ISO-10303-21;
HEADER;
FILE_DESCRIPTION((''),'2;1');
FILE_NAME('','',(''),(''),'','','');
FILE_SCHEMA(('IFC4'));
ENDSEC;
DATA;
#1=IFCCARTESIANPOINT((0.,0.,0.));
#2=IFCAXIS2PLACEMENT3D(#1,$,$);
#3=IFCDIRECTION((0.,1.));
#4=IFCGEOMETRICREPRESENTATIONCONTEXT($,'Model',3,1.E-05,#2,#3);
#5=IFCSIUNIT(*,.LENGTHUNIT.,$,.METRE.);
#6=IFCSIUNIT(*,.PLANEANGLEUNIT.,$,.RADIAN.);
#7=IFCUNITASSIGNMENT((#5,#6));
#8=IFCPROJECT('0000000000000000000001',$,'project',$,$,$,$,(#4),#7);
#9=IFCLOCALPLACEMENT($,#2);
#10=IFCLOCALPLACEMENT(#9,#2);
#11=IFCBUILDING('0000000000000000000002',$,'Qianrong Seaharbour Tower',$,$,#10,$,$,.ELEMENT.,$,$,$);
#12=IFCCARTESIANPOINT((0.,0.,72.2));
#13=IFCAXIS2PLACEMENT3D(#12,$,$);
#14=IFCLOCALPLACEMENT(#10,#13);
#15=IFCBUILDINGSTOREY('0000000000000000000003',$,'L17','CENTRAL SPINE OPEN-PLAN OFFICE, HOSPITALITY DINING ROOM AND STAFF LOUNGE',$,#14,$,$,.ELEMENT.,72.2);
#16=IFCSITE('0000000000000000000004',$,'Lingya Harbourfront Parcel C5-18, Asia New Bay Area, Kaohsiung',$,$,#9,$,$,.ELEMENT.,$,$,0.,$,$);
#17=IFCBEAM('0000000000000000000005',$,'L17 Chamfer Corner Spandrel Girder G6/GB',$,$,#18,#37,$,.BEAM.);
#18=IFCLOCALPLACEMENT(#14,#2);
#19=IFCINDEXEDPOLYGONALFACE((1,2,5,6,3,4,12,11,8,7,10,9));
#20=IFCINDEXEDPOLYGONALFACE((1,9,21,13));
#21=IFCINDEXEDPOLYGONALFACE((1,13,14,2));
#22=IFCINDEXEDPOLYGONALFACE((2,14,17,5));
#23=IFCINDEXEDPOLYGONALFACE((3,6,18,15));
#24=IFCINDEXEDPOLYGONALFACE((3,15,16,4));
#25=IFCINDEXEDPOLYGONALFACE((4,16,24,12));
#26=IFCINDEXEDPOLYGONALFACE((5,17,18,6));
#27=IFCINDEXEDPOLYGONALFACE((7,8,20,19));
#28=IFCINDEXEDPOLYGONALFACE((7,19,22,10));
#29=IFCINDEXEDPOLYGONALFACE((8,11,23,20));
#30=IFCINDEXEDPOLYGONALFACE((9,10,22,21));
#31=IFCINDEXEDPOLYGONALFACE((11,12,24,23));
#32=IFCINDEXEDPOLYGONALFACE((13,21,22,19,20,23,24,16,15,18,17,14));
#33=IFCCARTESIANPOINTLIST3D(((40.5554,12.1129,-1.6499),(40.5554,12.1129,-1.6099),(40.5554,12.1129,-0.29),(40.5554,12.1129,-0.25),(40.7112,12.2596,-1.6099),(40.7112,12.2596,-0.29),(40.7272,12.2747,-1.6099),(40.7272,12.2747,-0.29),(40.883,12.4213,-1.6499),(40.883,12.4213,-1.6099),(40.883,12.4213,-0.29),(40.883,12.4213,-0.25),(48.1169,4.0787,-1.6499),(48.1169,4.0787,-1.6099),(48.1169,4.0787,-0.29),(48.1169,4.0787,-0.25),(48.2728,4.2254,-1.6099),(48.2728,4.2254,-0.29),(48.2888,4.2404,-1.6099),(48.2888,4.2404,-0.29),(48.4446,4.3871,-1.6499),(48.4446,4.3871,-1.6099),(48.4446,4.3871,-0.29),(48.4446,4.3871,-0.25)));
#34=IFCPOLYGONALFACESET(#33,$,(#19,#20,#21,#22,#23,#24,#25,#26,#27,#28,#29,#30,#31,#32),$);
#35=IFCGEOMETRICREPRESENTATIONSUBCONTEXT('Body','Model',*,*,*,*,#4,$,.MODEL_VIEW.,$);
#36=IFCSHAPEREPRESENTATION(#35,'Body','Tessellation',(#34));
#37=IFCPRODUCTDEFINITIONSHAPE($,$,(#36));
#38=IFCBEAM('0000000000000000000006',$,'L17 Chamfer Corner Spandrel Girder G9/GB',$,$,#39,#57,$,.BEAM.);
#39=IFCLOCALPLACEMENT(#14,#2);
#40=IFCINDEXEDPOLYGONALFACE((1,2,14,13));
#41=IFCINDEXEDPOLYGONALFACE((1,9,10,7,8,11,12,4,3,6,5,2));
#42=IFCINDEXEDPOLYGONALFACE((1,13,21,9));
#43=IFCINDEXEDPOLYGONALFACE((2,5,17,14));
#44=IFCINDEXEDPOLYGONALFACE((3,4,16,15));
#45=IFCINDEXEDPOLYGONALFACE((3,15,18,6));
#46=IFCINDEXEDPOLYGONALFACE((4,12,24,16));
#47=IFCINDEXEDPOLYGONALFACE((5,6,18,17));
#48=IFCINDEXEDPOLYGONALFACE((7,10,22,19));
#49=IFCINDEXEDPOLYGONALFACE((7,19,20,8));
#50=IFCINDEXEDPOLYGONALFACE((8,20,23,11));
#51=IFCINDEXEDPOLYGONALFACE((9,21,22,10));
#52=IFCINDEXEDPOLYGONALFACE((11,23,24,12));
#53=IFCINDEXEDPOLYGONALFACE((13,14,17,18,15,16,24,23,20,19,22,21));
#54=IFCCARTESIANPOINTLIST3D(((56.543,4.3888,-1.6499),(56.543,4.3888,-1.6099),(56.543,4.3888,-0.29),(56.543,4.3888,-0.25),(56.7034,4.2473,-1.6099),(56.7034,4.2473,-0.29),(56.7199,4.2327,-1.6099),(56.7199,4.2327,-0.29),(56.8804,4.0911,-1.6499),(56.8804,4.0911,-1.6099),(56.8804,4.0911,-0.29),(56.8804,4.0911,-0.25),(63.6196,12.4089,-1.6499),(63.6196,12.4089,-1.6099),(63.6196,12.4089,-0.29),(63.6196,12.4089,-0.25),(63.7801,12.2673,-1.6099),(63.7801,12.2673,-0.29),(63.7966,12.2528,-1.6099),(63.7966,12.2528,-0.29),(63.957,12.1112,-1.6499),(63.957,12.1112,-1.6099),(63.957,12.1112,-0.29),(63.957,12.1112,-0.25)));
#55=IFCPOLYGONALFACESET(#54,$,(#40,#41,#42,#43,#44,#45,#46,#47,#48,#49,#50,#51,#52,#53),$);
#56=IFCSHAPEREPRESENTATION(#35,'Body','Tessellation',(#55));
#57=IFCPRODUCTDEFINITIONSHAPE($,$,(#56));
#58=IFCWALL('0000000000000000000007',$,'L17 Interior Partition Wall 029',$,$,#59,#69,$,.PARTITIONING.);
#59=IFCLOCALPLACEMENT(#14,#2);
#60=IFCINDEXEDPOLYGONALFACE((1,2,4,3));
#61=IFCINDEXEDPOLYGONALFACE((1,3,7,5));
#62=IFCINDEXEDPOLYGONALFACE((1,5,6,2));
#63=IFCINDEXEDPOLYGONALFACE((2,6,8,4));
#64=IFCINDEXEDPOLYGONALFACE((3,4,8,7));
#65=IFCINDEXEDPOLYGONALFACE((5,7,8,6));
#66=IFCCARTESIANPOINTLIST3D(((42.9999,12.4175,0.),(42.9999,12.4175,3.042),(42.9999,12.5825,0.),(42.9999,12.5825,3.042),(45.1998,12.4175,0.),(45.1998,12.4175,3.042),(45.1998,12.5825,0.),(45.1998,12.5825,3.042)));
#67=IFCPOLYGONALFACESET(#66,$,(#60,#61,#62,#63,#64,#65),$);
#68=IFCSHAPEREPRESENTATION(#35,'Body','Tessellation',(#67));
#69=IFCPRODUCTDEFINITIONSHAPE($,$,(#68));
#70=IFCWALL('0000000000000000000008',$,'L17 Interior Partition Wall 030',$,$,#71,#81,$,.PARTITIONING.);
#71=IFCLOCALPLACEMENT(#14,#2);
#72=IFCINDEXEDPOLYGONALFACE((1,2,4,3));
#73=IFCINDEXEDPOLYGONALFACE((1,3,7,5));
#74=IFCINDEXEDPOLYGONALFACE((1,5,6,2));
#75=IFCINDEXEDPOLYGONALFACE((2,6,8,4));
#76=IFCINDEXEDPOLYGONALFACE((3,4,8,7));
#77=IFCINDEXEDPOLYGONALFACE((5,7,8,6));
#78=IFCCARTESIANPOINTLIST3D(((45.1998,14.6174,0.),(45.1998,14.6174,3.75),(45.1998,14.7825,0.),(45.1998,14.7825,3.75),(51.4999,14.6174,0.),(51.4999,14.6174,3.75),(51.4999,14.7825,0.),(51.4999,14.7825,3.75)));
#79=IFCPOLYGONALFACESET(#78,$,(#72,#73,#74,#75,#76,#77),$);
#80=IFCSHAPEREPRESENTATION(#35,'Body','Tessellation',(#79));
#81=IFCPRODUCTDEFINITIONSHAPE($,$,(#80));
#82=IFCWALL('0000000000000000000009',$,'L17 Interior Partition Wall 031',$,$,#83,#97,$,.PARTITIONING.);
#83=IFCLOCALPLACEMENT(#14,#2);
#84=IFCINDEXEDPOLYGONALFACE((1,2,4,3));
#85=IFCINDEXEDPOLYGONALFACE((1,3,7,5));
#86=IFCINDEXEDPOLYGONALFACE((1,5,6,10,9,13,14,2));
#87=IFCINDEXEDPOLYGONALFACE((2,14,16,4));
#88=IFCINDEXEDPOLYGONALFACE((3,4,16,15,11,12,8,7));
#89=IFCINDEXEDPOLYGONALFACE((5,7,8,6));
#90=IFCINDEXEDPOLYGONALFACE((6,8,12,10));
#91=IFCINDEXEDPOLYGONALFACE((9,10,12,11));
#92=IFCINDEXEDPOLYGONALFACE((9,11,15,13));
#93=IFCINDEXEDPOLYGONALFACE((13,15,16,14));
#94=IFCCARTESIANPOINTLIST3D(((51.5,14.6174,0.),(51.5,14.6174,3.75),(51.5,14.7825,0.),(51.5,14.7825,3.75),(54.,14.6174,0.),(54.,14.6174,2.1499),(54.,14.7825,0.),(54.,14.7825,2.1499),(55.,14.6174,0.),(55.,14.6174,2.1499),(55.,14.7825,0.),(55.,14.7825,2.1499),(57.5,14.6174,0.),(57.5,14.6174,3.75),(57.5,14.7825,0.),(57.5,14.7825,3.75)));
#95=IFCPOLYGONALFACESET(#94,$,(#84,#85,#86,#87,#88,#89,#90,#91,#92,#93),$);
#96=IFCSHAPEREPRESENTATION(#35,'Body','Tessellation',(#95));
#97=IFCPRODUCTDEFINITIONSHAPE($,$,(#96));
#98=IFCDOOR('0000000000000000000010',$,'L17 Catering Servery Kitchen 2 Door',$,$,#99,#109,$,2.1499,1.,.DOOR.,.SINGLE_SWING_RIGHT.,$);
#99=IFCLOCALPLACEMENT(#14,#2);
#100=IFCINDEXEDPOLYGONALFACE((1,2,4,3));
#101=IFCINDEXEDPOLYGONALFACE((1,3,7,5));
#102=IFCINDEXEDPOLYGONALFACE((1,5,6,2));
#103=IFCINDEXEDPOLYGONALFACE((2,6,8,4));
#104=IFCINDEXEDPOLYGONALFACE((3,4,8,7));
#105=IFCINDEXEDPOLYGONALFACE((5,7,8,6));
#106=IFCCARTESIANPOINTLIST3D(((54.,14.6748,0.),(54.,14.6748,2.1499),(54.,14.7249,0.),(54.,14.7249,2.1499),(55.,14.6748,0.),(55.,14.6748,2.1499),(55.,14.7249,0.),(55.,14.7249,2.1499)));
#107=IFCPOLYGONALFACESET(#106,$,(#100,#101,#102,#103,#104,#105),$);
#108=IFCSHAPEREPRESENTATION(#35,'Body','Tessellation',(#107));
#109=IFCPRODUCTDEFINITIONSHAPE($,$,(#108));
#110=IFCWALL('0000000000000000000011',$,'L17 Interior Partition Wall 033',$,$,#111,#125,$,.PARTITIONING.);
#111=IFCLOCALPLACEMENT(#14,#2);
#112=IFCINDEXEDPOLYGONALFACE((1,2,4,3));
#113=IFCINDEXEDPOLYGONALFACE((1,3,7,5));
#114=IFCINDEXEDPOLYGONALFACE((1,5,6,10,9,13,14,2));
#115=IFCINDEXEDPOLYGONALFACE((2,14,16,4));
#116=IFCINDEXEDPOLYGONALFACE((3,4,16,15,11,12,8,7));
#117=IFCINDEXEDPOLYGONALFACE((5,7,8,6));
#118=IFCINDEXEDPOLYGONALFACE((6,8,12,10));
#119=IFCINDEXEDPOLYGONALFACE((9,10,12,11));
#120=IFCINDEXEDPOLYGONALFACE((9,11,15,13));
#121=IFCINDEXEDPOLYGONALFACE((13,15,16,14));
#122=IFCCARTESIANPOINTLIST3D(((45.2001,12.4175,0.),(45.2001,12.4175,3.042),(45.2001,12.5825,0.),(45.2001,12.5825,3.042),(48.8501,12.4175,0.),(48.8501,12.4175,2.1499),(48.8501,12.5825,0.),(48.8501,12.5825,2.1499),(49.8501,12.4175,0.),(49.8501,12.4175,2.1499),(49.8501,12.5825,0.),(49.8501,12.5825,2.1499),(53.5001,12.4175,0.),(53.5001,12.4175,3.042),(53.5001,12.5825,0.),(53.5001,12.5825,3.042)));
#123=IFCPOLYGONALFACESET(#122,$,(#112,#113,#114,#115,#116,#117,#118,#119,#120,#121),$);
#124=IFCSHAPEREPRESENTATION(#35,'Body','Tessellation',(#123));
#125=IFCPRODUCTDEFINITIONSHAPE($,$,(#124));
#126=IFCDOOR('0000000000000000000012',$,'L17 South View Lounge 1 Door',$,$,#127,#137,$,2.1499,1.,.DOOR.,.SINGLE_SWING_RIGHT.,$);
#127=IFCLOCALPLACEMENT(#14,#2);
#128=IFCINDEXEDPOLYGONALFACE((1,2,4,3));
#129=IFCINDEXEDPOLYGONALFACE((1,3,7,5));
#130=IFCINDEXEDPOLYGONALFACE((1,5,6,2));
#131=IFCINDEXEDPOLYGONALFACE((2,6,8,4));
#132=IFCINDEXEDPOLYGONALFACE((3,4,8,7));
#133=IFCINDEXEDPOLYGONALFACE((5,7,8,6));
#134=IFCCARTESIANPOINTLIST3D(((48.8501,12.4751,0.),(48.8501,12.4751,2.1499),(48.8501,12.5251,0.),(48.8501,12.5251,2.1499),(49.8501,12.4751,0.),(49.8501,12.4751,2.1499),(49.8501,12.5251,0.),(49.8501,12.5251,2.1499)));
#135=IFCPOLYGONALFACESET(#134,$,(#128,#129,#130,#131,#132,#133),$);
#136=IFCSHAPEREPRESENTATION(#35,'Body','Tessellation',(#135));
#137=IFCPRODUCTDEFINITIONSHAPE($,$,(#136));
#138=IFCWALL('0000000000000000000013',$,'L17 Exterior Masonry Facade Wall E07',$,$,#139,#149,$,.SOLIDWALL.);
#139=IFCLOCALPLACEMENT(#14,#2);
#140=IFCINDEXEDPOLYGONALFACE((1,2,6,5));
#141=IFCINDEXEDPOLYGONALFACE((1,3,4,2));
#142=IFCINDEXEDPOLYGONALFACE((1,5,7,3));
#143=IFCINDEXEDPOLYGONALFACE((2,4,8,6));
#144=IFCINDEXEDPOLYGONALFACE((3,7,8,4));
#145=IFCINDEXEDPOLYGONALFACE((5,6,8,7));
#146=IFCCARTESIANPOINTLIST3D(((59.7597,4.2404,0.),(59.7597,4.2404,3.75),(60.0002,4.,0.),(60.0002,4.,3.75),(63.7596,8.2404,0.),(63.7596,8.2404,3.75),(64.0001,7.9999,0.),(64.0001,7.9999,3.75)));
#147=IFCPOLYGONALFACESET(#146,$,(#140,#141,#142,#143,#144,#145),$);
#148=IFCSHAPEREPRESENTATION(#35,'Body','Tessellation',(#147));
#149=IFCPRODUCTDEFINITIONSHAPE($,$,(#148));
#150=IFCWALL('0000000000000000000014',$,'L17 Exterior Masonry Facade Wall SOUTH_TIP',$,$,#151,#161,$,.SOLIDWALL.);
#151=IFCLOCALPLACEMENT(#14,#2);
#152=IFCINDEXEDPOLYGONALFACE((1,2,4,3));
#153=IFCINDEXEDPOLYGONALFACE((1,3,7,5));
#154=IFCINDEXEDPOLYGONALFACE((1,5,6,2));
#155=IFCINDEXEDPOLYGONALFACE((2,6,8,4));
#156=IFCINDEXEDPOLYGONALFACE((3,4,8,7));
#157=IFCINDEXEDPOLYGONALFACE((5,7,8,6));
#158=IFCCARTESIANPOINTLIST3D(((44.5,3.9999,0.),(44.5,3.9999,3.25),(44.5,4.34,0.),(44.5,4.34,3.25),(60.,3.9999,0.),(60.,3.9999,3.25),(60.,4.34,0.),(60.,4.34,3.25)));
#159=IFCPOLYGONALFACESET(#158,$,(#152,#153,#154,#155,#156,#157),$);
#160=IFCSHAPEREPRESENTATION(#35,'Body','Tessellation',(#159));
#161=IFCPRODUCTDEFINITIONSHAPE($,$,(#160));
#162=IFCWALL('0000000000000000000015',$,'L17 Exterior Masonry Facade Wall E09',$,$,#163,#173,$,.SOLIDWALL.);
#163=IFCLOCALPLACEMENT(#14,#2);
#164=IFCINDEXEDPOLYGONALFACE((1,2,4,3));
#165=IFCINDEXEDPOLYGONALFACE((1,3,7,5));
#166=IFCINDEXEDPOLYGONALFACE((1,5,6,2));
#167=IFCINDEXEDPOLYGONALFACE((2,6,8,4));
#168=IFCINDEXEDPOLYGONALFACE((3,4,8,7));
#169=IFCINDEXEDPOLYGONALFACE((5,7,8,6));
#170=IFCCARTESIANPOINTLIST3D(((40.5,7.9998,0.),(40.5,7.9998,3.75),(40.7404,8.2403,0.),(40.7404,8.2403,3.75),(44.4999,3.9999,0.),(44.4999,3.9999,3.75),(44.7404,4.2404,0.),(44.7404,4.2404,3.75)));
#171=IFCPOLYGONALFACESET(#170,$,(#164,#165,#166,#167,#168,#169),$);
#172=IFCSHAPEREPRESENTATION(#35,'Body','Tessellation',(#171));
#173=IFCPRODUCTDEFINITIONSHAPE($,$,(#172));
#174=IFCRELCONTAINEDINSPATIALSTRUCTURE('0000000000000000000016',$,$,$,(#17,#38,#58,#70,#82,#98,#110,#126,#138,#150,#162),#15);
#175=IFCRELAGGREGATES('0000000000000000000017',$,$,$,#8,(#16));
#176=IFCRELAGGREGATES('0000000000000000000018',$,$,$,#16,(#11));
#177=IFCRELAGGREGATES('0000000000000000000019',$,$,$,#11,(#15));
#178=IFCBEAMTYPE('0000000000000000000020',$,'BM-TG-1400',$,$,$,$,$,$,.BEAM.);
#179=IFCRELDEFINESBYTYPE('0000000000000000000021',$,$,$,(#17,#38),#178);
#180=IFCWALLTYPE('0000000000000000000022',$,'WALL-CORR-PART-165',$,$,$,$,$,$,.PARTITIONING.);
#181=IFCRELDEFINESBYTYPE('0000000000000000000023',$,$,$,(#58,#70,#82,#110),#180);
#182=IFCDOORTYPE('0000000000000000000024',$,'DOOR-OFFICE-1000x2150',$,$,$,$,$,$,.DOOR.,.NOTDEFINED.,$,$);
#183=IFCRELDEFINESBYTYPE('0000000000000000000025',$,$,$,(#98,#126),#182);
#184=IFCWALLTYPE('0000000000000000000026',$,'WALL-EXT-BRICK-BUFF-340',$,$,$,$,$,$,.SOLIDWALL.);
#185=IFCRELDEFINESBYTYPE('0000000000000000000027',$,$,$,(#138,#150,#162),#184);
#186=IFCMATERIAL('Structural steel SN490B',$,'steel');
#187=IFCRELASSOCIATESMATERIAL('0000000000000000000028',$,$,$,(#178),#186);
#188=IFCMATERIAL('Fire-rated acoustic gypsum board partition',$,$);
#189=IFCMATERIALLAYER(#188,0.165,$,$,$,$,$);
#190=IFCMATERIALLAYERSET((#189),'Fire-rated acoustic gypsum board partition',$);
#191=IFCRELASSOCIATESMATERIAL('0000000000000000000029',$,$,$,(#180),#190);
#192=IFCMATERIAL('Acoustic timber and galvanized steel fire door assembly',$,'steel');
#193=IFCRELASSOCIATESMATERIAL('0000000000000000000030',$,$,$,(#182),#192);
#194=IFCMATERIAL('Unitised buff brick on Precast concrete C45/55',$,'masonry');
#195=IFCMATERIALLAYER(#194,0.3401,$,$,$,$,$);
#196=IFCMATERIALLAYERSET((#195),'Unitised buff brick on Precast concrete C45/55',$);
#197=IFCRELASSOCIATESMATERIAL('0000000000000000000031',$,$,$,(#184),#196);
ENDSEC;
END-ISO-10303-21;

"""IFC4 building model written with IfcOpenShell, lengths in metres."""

from ifc_helpers import new_model, si_unit, direction, frame, frame_2d, origin, origin_2d, place, context, subcontext, project, spatial, rectangle, i_section, extrude, material, layer, layer_set, material_profile, profile_set, type_object, element, fill, save


model = new_model("IFC4")

# Units and contexts
model_context = context("Model", 3, precision=1e-05, world=origin(), true_north=direction((0.0, 1.0)))
body_context = subcontext(model_context, "Body", "Model", "MODEL_VIEW")
ifc_project = project(units=[si_unit("LENGTHUNIT", "METRE"), si_unit("PLANEANGLEUNIT", "RADIAN")], contexts=[model_context])

# Site, building, storey
site_placement = place(None, origin())
site = spatial("IfcSite", under=ifc_project, at=site_placement, Name="Lingya Harbourfront Parcel C5-18, Asia New Bay Area, Kaohsiung", CompositionType="ELEMENT", RefElevation=0.0)
building_placement = place(site_placement, origin())
building = spatial("IfcBuilding", under=site, at=building_placement, Name="Qianrong Seaharbour Tower", CompositionType="ELEMENT")
storey_placement = place(building_placement, frame((0.0, 0.0, 72.2)))
storey = spatial("IfcBuildingStorey", under=building, at=storey_placement, Name="L17", Description="CENTRAL SPINE OPEN-PLAN OFFICE, HOSPITALITY DINING ROOM AND STAFF LOUNGE", CompositionType="ELEMENT", Elevation=72.2)

# Shared definitions
ifc_material_1 = material(Name="Structural steel SN490B", Category="steel")

# Beams
ifc_material_profile_1 = material_profile(ifc_material_1, i_section(OverallWidth=0.45, OverallDepth=1.3999, WebThickness=0.022, FlangeThickness=0.04, at=origin_2d()), Name="BH1400x450x22x40")
ifc_profile_set_1 = profile_set([ifc_material_profile_1], Name="Structural steel SN490B")
beam_type_1 = type_object("IfcBeamType", Name="BM-TG-1400", PredefinedType="BEAM", material=ifc_profile_set_1)
beam_1_placement = place(storey_placement, frame((48.2808, 4.2329, -0.95), z_axis=(-0.685362, 0.728203, 0.0), x_axis=(-0.728203, -0.685362, 0.0)))
element("IfcBeam", 1, at=beam_1_placement, inside=storey, type_object=beam_type_1, Name="L17 Chamfer Corner Spandrel Girder G6/GB", PredefinedType="BEAM", context=body_context, shape_type="SweptSolid", body=[
    extrude(i_section(OverallWidth=0.45, OverallDepth=1.3999, WebThickness=0.022, FlangeThickness=0.04, at=origin_2d()), origin(), (0.0, 0.0, 1.0), 11.033),
])
beam_2_placement = place(storey_placement, frame((56.7117, 4.24, -0.95), z_axis=(0.661631, 0.74983, 0.0), x_axis=(-0.74983, 0.661631, 0.0)))
element("IfcBeam", 2, at=beam_2_placement, inside=storey, type_object=beam_type_1, Name="L17 Chamfer Corner Spandrel Girder G9/GB", PredefinedType="BEAM", context=body_context, shape_type="SweptSolid", body=[
    extrude(i_section(OverallWidth=0.45, OverallDepth=1.3999, WebThickness=0.022, FlangeThickness=0.04, at=origin_2d()), origin(), (0.0, 0.0, 1.0), 10.6958),
])

# Walls
ifc_material_2 = material(Name="Fire-rated acoustic gypsum board partition")
ifc_layer_1 = layer(ifc_material_2, 0.165)
ifc_layer_set_1 = layer_set([ifc_layer_1], Name="Fire-rated acoustic gypsum board partition")
wall_type_1 = type_object("IfcWallType", Name="WALL-CORR-PART-165", PredefinedType="PARTITIONING", material=ifc_layer_set_1)
wall_1_placement = place(storey_placement, frame((45.2, 12.5, 0.0), z_axis=(0.0, 0.0, 1.0), x_axis=(-1.0, 0.0, 0.0)))
element("IfcWall", 3, at=wall_1_placement, inside=storey, type_object=wall_type_1, Name="L17 Interior Partition Wall 029", PredefinedType="PARTITIONING", context=body_context, shape_type="SweptSolid", body=[
    extrude(rectangle(XDim=2.2, YDim=0.165, at=frame_2d((1.1001, 0.0))), origin(), (0.0, 0.0, 1.0), 3.042),
])
wall_2_placement = place(storey_placement, frame((45.2, 14.7, 0.0), z_axis=(0.0, 0.0, 1.0), x_axis=(1.0, 0.0, 0.0)))
element("IfcWall", 4, at=wall_2_placement, inside=storey, type_object=wall_type_1, Name="L17 Interior Partition Wall 030", PredefinedType="PARTITIONING", context=body_context, shape_type="SweptSolid", body=[
    extrude(rectangle(XDim=6.3, YDim=0.165, at=frame_2d((3.1499, 0.0))), origin(), (0.0, 0.0, 1.0), 3.75),
])

# Walls, openings, doors
wall_3_placement = place(storey_placement, frame((51.5, 14.7, 0.0), z_axis=(0.0, 0.0, 1.0), x_axis=(1.0, 0.0, 0.0)))
wall_3 = element("IfcWall", 5, at=wall_3_placement, inside=storey, type_object=wall_type_1, Name="L17 Interior Partition Wall 031", PredefinedType="PARTITIONING", context=body_context, shape_type="SweptSolid", body=[
    extrude(rectangle(XDim=6.0, YDim=0.165, at=frame_2d((3.0, 0.0))), origin(), (0.0, 0.0, 1.0), 3.75),
])
opening_1_placement = place(wall_3_placement, frame((2.5, 0.0, 0.0)))
opening_1 = element("IfcOpeningElement", 6, at=opening_1_placement, cuts=wall_3, PredefinedType="OPENING", context=body_context, shape_type="SweptSolid", body=[
    extrude(rectangle(XDim=1.0, YDim=2.1499, at=frame_2d((0.5, 1.075))), frame((0.0, 0.0925, 0.0), z_axis=(0.0, -1.0, 0.0), x_axis=(1.0, 0.0, 0.0)), (0.0, 0.0, 1.0), 0.1851),
])
ifc_material_3 = material(Name="Acoustic timber and galvanized steel fire door assembly", Category="steel")
door_type = type_object("IfcDoorType", Name="DOOR-OFFICE-1000x2150", OperationType="NOTDEFINED", PredefinedType="DOOR", material=ifc_material_3)
door_1_placement = place(opening_1_placement, origin())
door_1 = element("IfcDoor", 7, at=door_1_placement, inside=storey, type_object=door_type, Name="L17 Catering Servery Kitchen 2 Door", OperationType="SINGLE_SWING_RIGHT", OverallHeight=2.1499, OverallWidth=1.0, PredefinedType="DOOR", context=body_context, shape_type="SweptSolid", body=[
    extrude(rectangle(XDim=1.0, YDim=2.1499, at=frame_2d((0.5, 1.075))), frame((0.0, 0.0249, 0.0), z_axis=(0.0, -1.0, 0.0), x_axis=(1.0, 0.0, 0.0)), (0.0, 0.0, 1.0), 0.05),
])
fill(opening_1, door_1)
wall_4_placement = place(storey_placement, frame((53.5, 12.5, 0.0), z_axis=(0.0, 0.0, 1.0), x_axis=(-1.0, 0.0, 0.0)))
wall_4 = element("IfcWall", 8, at=wall_4_placement, inside=storey, type_object=wall_type_1, Name="L17 Interior Partition Wall 033", PredefinedType="PARTITIONING", context=body_context, shape_type="SweptSolid", body=[
    extrude(rectangle(XDim=8.3, YDim=0.165, at=frame_2d((4.1499, 0.0))), origin(), (0.0, 0.0, 1.0), 3.042),
])
opening_2_placement = place(wall_4_placement, frame((3.6499, 0.0, 0.0)))
opening_2 = element("IfcOpeningElement", 9, at=opening_2_placement, cuts=wall_4, PredefinedType="OPENING", context=body_context, shape_type="SweptSolid", body=[
    extrude(rectangle(XDim=1.0, YDim=2.1499, at=frame_2d((0.5, 1.075))), frame((0.0, 0.0925, 0.0), z_axis=(0.0, -1.0, 0.0), x_axis=(1.0, 0.0, 0.0)), (0.0, 0.0, 1.0), 0.1851),
])
door_2_placement = place(opening_2_placement, origin())
door_2 = element("IfcDoor", 10, at=door_2_placement, inside=storey, type_object=door_type, Name="L17 South View Lounge 1 Door", OperationType="SINGLE_SWING_RIGHT", OverallHeight=2.1499, OverallWidth=1.0, PredefinedType="DOOR", context=body_context, shape_type="SweptSolid", body=[
    extrude(rectangle(XDim=1.0, YDim=2.1499, at=frame_2d((0.5, 1.075))), frame((0.0, 0.0249, 0.0), z_axis=(0.0, -1.0, 0.0), x_axis=(1.0, 0.0, 0.0)), (0.0, 0.0, 1.0), 0.05),
])
fill(opening_2, door_2)

# Walls
ifc_material_4 = material(Name="Unitised buff brick on Precast concrete C45/55", Category="masonry")
ifc_layer_2 = layer(ifc_material_4, 0.3401)
ifc_layer_set_2 = layer_set([ifc_layer_2], Name="Unitised buff brick on Precast concrete C45/55")
wall_type_2 = type_object("IfcWallType", Name="WALL-EXT-BRICK-BUFF-340", PredefinedType="SOLIDWALL", material=ifc_layer_set_2)
wall_5_placement = place(storey_placement, frame((63.8799, 8.1201, 0.0), z_axis=(0.0, 0.0, 1.0), x_axis=(-0.707107, -0.707107, 0.0)))
element("IfcWall", 11, at=wall_5_placement, inside=storey, type_object=wall_type_2, Name="L17 Exterior Masonry Facade Wall E07", PredefinedType="SOLIDWALL", context=body_context, shape_type="SweptSolid", body=[
    extrude(rectangle(XDim=5.6567, YDim=0.3401, at=frame_2d((2.8284, 0.0))), origin(), (0.0, 0.0, 1.0), 3.75),
])
wall_6_placement = place(storey_placement, frame((60.0, 4.1699, 0.0), z_axis=(0.0, 0.0, 1.0), x_axis=(-1.0, 0.0, 0.0)))
element("IfcWall", 12, at=wall_6_placement, inside=storey, type_object=wall_type_2, Name="L17 Exterior Masonry Facade Wall SOUTH_TIP", PredefinedType="SOLIDWALL", context=body_context, shape_type="SweptSolid", body=[
    extrude(rectangle(XDim=15.5, YDim=0.3401, at=frame_2d((7.75, 0.0))), origin(), (0.0, 0.0, 1.0), 3.25),
])
wall_7_placement = place(storey_placement, frame((44.6201, 4.1201, 0.0), z_axis=(0.0, 0.0, 1.0), x_axis=(-0.707107, 0.707107, 0.0)))
element("IfcWall", 13, at=wall_7_placement, inside=storey, type_object=wall_type_2, Name="L17 Exterior Masonry Facade Wall E09", PredefinedType="SOLIDWALL", context=body_context, shape_type="SweptSolid", body=[
    extrude(rectangle(XDim=5.6567, YDim=0.3401, at=frame_2d((2.8284, 0.0))), origin(), (0.0, 0.0, 1.0), 3.75),
])

save(model, "model.ifc")
